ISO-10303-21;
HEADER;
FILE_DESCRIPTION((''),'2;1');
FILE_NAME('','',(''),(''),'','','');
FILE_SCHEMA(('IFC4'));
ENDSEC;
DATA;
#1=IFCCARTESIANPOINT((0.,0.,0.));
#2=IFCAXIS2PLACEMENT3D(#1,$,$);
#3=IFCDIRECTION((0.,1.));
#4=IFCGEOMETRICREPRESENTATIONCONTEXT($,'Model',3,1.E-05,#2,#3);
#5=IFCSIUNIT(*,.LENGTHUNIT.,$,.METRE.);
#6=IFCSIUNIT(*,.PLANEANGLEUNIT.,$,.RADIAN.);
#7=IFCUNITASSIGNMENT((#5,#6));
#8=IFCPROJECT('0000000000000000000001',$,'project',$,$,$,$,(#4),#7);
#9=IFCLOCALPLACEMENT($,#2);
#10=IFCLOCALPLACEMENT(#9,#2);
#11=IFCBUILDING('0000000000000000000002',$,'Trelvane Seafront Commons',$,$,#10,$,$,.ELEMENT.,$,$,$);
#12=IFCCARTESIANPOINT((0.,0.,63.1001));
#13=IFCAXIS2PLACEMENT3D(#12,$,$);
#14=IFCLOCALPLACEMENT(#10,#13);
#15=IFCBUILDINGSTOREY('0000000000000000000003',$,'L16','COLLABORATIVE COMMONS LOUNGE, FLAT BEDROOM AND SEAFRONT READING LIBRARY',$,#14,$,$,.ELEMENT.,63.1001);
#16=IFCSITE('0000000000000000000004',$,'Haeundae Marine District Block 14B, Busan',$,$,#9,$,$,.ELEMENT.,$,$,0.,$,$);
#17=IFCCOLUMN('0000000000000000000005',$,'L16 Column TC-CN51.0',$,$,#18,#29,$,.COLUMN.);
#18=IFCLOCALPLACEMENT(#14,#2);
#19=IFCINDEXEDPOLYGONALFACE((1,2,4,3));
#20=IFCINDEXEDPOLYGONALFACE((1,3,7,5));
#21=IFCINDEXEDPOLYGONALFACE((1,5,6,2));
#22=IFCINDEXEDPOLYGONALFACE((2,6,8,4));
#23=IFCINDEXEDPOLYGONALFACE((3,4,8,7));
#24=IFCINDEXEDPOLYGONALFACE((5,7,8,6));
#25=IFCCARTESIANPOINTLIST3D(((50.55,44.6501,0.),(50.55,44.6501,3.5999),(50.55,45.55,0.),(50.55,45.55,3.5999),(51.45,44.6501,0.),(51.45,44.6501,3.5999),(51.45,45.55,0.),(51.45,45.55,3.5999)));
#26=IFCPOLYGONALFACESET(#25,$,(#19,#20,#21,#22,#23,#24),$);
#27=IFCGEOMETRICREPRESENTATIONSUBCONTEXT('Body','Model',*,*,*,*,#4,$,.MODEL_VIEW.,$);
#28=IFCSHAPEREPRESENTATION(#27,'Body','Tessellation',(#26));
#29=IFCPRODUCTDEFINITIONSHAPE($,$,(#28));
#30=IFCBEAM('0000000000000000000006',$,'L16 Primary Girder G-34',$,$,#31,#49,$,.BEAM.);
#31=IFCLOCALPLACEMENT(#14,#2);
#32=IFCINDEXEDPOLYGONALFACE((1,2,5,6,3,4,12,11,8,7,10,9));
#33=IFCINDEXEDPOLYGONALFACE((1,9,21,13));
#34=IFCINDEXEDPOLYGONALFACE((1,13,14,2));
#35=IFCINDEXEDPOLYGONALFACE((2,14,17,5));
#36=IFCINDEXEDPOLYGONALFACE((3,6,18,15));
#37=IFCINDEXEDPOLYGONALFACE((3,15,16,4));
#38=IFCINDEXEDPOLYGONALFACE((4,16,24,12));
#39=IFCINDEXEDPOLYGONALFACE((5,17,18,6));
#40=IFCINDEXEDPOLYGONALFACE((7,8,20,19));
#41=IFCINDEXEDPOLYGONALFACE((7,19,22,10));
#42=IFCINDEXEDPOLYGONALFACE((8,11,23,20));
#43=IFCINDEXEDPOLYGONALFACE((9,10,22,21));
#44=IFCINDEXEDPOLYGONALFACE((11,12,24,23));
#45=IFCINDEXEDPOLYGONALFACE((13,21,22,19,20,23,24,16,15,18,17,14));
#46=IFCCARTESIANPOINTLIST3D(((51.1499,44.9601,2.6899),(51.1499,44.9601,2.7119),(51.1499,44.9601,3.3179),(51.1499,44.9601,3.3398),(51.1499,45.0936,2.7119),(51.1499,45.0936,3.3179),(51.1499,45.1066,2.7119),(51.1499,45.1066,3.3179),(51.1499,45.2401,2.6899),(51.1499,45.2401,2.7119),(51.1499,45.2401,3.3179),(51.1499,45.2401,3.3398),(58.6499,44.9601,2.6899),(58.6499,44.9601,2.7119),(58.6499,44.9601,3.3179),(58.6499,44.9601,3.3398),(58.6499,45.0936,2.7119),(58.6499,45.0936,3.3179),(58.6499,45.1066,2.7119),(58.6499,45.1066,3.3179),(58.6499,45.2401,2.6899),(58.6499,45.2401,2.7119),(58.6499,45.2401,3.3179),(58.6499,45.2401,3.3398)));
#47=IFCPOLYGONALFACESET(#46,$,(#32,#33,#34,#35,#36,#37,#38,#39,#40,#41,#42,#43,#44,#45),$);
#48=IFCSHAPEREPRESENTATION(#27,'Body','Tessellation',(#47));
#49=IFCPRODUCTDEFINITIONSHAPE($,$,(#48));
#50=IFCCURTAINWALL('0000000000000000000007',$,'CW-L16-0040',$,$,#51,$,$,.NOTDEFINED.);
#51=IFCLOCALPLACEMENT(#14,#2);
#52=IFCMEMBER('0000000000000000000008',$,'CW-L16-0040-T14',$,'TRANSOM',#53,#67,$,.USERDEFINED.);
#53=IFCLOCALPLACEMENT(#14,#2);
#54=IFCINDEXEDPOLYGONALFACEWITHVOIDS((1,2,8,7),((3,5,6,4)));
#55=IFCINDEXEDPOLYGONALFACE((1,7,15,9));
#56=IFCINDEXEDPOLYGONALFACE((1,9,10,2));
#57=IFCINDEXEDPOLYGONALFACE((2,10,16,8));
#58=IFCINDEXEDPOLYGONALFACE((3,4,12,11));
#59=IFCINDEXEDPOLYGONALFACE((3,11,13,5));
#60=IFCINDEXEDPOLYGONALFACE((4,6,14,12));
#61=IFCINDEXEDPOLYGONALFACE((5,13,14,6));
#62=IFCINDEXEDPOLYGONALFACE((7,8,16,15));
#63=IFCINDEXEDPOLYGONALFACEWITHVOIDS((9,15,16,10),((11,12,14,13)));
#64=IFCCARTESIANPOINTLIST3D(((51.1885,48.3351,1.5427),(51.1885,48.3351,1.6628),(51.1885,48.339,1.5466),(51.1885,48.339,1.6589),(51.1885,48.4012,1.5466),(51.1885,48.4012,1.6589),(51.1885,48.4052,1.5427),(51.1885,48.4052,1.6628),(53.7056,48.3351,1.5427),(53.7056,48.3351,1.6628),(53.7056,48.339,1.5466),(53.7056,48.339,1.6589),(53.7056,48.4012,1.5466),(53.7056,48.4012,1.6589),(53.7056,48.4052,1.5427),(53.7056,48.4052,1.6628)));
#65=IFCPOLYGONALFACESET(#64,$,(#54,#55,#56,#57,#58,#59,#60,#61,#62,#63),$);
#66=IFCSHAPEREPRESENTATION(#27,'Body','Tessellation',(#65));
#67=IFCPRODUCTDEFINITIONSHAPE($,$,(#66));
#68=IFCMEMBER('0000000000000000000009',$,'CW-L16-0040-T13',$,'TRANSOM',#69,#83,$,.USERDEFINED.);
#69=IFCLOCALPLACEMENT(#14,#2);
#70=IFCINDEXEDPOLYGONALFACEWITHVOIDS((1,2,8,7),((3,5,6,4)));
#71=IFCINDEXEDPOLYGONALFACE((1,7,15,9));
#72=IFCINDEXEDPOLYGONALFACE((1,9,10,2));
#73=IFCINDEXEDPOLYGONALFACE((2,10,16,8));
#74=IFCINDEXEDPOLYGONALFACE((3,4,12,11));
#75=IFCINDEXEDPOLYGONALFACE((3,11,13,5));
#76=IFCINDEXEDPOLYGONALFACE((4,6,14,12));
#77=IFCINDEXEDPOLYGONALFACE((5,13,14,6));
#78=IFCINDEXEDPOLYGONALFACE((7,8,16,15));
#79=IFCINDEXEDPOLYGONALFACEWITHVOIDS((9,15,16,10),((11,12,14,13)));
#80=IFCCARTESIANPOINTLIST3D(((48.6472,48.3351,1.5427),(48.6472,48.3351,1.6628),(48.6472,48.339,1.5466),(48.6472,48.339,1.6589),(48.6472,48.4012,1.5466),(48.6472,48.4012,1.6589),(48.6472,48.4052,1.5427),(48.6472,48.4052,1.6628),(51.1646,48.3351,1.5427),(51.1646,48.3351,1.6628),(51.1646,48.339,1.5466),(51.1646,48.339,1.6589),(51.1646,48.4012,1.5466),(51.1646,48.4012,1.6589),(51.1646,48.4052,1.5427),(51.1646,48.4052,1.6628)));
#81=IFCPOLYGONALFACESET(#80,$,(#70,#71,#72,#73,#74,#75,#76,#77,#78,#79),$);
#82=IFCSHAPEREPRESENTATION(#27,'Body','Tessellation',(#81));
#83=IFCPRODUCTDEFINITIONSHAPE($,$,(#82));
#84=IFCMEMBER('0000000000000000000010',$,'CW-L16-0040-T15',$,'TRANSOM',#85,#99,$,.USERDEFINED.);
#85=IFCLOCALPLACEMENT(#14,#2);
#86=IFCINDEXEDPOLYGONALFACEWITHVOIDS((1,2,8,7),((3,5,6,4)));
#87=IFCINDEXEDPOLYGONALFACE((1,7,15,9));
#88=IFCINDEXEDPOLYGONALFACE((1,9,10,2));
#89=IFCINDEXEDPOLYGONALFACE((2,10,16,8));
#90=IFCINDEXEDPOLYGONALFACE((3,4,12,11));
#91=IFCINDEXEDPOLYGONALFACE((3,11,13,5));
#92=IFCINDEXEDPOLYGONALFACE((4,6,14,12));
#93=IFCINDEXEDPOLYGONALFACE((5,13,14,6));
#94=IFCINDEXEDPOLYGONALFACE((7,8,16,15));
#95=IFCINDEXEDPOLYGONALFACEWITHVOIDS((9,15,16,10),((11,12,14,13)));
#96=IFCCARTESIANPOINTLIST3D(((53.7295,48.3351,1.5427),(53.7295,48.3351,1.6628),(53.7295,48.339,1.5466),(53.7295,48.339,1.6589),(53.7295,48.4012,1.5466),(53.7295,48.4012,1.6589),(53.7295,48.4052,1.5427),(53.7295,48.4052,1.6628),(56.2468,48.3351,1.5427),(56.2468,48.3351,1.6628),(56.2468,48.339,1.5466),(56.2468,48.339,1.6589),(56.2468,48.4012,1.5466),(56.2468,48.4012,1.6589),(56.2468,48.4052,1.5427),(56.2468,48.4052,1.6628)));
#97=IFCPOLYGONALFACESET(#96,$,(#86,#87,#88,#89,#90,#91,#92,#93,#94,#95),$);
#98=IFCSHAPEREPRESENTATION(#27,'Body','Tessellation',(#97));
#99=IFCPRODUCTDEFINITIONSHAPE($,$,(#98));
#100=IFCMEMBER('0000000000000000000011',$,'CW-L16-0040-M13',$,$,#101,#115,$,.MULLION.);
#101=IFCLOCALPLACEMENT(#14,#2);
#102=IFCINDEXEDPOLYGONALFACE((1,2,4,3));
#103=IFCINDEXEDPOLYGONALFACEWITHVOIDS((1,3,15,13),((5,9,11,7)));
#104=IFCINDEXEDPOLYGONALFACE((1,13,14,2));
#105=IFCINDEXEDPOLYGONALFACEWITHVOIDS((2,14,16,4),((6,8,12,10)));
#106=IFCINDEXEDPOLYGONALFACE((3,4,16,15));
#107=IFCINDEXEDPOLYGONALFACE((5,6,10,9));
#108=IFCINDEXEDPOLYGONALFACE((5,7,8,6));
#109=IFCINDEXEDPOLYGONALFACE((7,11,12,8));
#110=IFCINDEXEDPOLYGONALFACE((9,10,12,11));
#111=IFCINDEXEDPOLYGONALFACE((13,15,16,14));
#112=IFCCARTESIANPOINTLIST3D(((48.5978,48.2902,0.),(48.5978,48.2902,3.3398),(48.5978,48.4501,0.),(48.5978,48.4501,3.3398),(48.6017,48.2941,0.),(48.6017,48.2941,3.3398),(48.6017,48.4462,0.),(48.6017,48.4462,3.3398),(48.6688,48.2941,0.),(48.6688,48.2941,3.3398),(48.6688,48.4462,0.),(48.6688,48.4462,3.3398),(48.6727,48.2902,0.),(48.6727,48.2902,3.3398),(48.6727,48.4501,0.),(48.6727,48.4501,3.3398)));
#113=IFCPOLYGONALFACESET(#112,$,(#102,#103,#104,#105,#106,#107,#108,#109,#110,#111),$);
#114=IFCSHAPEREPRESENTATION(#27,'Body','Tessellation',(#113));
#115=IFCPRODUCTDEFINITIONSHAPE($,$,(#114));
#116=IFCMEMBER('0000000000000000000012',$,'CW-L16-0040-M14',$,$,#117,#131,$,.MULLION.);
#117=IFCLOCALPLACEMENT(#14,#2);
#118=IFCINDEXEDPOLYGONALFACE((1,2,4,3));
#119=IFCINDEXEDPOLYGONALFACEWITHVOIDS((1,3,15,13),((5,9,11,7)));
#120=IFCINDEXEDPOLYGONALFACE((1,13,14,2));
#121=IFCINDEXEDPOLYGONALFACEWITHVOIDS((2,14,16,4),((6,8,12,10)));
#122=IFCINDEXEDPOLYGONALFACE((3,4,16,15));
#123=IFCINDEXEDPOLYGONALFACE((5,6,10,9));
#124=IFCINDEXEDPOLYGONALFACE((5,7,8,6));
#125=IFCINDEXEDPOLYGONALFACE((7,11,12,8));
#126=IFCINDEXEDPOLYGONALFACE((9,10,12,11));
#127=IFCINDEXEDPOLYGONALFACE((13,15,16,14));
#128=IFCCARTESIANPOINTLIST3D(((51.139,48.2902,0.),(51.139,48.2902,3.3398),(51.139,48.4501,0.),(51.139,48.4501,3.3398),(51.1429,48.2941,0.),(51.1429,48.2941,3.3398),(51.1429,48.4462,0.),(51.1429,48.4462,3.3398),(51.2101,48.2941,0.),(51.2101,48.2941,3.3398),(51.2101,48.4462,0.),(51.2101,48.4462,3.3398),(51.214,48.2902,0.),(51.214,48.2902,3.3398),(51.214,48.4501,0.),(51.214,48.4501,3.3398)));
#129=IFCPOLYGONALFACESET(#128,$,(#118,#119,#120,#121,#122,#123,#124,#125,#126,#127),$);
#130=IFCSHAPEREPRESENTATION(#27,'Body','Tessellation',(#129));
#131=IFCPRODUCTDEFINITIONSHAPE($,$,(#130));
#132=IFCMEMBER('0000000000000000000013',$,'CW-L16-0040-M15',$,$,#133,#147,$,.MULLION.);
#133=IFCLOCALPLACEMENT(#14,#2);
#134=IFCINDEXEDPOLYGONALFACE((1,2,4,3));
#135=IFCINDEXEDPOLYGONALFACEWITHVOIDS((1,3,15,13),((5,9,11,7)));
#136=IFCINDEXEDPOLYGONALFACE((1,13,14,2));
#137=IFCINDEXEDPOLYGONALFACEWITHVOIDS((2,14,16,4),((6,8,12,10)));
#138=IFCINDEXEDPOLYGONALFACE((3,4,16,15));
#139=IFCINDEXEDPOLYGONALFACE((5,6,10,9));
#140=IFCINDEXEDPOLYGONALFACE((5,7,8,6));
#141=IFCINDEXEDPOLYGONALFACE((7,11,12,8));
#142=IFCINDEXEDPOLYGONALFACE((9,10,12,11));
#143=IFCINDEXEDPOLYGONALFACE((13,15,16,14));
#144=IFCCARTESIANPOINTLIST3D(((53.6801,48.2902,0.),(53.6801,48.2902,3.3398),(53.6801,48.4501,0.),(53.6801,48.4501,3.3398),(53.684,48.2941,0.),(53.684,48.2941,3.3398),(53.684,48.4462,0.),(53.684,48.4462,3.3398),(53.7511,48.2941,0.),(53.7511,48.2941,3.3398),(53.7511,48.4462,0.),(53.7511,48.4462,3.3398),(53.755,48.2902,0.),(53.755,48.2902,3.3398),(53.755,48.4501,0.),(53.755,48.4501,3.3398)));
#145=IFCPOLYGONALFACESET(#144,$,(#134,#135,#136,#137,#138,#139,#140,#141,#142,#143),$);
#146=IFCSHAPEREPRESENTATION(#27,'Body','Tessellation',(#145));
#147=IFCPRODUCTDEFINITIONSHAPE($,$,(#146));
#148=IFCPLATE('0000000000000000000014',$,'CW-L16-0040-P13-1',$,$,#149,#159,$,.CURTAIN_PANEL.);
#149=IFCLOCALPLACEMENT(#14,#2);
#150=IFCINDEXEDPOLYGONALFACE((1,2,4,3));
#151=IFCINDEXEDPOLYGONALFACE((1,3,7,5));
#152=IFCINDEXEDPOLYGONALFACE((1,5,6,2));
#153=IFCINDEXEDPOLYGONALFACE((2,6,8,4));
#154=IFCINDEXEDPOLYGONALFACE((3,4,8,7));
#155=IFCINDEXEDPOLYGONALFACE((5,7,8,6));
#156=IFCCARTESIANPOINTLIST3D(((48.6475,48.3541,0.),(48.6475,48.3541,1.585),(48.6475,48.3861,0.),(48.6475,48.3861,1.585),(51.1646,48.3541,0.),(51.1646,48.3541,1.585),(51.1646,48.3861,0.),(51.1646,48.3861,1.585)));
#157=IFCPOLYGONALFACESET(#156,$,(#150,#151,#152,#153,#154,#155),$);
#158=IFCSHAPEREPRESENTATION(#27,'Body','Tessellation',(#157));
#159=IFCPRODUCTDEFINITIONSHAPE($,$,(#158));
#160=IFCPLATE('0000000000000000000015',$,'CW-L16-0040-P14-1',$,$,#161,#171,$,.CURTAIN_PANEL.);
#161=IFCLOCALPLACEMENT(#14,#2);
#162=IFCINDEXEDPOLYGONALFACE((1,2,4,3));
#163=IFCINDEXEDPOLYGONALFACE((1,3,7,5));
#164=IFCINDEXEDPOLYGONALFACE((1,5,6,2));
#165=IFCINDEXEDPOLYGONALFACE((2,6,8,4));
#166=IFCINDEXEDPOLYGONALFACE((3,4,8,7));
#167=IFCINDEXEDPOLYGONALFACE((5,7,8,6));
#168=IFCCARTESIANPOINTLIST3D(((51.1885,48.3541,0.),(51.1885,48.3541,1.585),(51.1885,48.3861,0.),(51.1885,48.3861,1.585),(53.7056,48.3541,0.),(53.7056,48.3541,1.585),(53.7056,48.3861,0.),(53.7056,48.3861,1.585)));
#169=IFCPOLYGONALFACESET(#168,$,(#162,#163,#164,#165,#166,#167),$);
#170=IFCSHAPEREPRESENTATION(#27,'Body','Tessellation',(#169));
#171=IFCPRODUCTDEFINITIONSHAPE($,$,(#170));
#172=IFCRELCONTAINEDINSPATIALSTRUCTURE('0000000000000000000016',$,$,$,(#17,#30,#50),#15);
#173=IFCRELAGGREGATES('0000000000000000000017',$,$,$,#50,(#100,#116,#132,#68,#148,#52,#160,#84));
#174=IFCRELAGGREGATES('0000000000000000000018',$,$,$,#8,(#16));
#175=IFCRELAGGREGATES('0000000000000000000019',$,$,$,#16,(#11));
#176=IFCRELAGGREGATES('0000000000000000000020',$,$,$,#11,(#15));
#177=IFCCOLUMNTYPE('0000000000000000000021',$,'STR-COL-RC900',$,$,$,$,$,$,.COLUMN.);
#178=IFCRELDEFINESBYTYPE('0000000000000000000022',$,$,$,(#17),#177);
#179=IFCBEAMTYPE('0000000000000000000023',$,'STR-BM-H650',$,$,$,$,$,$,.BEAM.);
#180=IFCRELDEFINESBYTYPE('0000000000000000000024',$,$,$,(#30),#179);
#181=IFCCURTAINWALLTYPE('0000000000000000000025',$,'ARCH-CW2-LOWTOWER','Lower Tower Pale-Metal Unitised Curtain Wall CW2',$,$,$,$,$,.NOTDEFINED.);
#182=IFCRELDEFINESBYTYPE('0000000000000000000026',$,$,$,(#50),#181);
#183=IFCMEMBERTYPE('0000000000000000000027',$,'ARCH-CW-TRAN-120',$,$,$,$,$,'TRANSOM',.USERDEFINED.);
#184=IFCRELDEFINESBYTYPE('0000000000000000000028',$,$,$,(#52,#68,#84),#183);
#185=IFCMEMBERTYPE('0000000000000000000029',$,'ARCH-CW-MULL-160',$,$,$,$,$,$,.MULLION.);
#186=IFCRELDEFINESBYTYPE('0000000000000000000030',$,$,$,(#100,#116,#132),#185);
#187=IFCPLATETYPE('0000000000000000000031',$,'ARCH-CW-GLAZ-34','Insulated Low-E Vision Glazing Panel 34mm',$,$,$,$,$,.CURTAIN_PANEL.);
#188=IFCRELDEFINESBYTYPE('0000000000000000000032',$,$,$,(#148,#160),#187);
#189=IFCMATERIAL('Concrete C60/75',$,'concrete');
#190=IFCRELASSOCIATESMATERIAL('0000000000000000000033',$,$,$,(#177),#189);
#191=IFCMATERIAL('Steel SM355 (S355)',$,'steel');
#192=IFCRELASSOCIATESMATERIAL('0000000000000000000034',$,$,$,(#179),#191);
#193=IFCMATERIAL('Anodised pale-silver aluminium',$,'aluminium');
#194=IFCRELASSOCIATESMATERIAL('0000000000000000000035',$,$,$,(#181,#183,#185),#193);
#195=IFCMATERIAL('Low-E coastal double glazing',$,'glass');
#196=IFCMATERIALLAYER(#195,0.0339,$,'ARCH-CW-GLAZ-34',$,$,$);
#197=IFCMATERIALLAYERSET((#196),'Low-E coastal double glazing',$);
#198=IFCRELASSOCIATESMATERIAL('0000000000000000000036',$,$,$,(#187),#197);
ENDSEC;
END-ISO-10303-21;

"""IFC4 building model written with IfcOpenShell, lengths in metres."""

from ifc_helpers import new_model, si_unit, direction, frame, origin, origin_2d, place, context, subcontext, project, spatial, rectangle, hollow_rectangle, i_section, extrude, source, transform, mapped, material, layer, layer_set, material_profile, profile_set, type_object, element, aggregate, save


model = new_model("IFC4")

# Units and contexts
model_context = context("Model", 3, precision=1e-05, world=origin(), true_north=direction((0.0, 1.0)))
body_context = subcontext(model_context, "Body", "Model", "MODEL_VIEW")
ifc_project = project(units=[si_unit("LENGTHUNIT", "METRE"), si_unit("PLANEANGLEUNIT", "RADIAN")], contexts=[model_context])

# Site, building, storey
site_placement = place(None, origin())
site = spatial("IfcSite", under=ifc_project, at=site_placement, Name="Haeundae Marine District Block 14B, Busan", CompositionType="ELEMENT", RefElevation=0.0)
building_placement = place(site_placement, origin())
building = spatial("IfcBuilding", under=site, at=building_placement, Name="Trelvane Seafront Commons", CompositionType="ELEMENT")
storey_placement = place(building_placement, frame((0.0, 0.0, 63.1001)))
storey = spatial("IfcBuildingStorey", under=building, at=storey_placement, Name="L16", Description="COLLABORATIVE COMMONS LOUNGE, FLAT BEDROOM AND SEAFRONT READING LIBRARY", CompositionType="ELEMENT", Elevation=63.1001)

# Column
ifc_material_1 = material(Name="Concrete C60/75", Category="concrete")
ifc_material_profile_1 = material_profile(ifc_material_1, rectangle(XDim=0.8999, YDim=0.8999, at=origin_2d()), Name="RC-900x900")
ifc_profile_set_1 = profile_set([ifc_material_profile_1], Name="Concrete C60/75")
column_type = type_object("IfcColumnType", Name="STR-COL-RC900", PredefinedType="COLUMN", material=ifc_profile_set_1)
shared_shape_1 = source(origin(), body_context, "Body", "SweptSolid", [
    extrude(rectangle(XDim=0.8999, YDim=0.8999, at=origin_2d()), origin(), (0.0, 0.0, 1.0), 3.5999),
])
column_placement = place(storey_placement, frame((51.0, 45.1001, 0.0), z_axis=(0.0, 0.0, 1.0), x_axis=(1.0, 0.0, 0.0)))
element("IfcColumn", 1, at=column_placement, inside=storey, type_object=column_type, Name="L16 Column TC-CN51.0", PredefinedType="COLUMN", context=body_context, shape_type="MappedRepresentation", body=[
    mapped(shared_shape_1, transform((0.0, 0.0, 0.0), x_axis=(1.0, 0.0, 0.0), y_axis=(0.0, 1.0, 0.0), z_axis=(0.0, 0.0, 1.0), scale=1.0)),
])

# Beam
ifc_material_2 = material(Name="Steel SM355 (S355)", Category="steel")
ifc_material_profile_2 = material_profile(ifc_material_2, i_section(OverallWidth=0.28, OverallDepth=0.6499, WebThickness=0.0129, FlangeThickness=0.022, at=origin_2d()), Name="H-650x280x13x22")
ifc_profile_set_2 = profile_set([ifc_material_profile_2], Name="Steel SM355 (S355)")
beam_type = type_object("IfcBeamType", Name="STR-BM-H650", PredefinedType="BEAM", material=ifc_profile_set_2)
shared_shape_2 = source(origin(), body_context, "Body", "SweptSolid", [
    extrude(i_section(OverallWidth=0.28, OverallDepth=0.6499, WebThickness=0.0129, FlangeThickness=0.022, at=origin_2d()), origin(), (0.0, 0.0, 1.0), 7.5),
])
beam_placement = place(storey_placement, frame((51.1499, 45.1001, 3.0149), z_axis=(1.0, 0.0, 0.0), x_axis=(0.0, 1.0, 0.0)))
element("IfcBeam", 2, at=beam_placement, inside=storey, type_object=beam_type, Name="L16 Primary Girder G-34", PredefinedType="BEAM", context=body_context, shape_type="MappedRepresentation", body=[
    mapped(shared_shape_2, transform((0.0, 0.0, 0.0), x_axis=(1.0, 0.0, 0.0), y_axis=(0.0, 1.0, 0.0), z_axis=(0.0, 0.0, 1.0), scale=1.0)),
])

# Curtain wall, members, plates
ifc_material_3 = material(Name="Anodised pale-silver aluminium", Category="aluminium")
curtain_wall_type = type_object("IfcCurtainWallType", Name="ARCH-CW2-LOWTOWER", Description="Lower Tower Pale-Metal Unitised Curtain Wall CW2", PredefinedType="NOTDEFINED", material=ifc_material_3)
curtain_wall_placement = place(storey_placement, origin())
curtain_wall = element("IfcCurtainWall", 3, at=curtain_wall_placement, inside=storey, type_object=curtain_wall_type, Name="CW-L16-0040", PredefinedType="NOTDEFINED")
ifc_material_profile_3 = material_profile(ifc_material_3, hollow_rectangle(XDim=0.0701, YDim=0.1201, WallThickness=0.0039, at=origin_2d()), Name="TRAN-70x120x4")
ifc_profile_set_3 = profile_set([ifc_material_profile_3], Name="Anodised pale-silver aluminium")
member_type_1 = type_object("IfcMemberType", Name="ARCH-CW-TRAN-120", ElementType="TRANSOM", PredefinedType="USERDEFINED", material=ifc_profile_set_3)
shared_shape_3 = source(origin(), body_context, "Body", "SweptSolid", [
    extrude(hollow_rectangle(XDim=0.0701, YDim=0.1201, WallThickness=0.0039, at=origin_2d()), origin(), (0.0, 0.0, 1.0), 2.5171),
])
member_1_placement = place(storey_placement, frame((51.1885, 48.3701, 1.6028), z_axis=(1.0, 0.0, 0.0), x_axis=(0.0, 1.0, 0.0)))
member_1 = element("IfcMember", 4, at=member_1_placement, type_object=member_type_1, Name="CW-L16-0040-T14", ObjectType="TRANSOM", PredefinedType="USERDEFINED", context=body_context, shape_type="MappedRepresentation", body=[
    mapped(shared_shape_3, transform((0.0, 0.0, 0.0), x_axis=(1.0, 0.0, 0.0), y_axis=(0.0, 1.0, 0.0), z_axis=(0.0, 0.0, 1.0), scale=1.0)),
])
shared_shape_4 = source(origin(), body_context, "Body", "SweptSolid", [
    extrude(hollow_rectangle(XDim=0.0701, YDim=0.1201, WallThickness=0.0039, at=origin_2d()), origin(), (0.0, 0.0, 1.0), 2.5173),
])
member_2_placement = place(storey_placement, frame((48.6472, 48.3701, 1.6028), z_axis=(1.0, 0.0, 0.0), x_axis=(0.0, 1.0, 0.0)))
member_2 = element("IfcMember", 5, at=member_2_placement, type_object=member_type_1, Name="CW-L16-0040-T13", ObjectType="TRANSOM", PredefinedType="USERDEFINED", context=body_context, shape_type="MappedRepresentation", body=[
    mapped(shared_shape_4, transform((0.0, 0.0, 0.0), x_axis=(1.0, 0.0, 0.0), y_axis=(0.0, 1.0, 0.0), z_axis=(0.0, 0.0, 1.0), scale=1.0)),
])
member_3_placement = place(storey_placement, frame((53.7295, 48.3701, 1.6028), z_axis=(1.0, 0.0, 0.0), x_axis=(0.0, 1.0, 0.0)))
member_3 = element("IfcMember", 6, at=member_3_placement, type_object=member_type_1, Name="CW-L16-0040-T15", ObjectType="TRANSOM", PredefinedType="USERDEFINED", context=body_context, shape_type="MappedRepresentation", body=[
    mapped(shared_shape_4, transform((0.0, 0.0, 0.0), x_axis=(1.0, 0.0, 0.0), y_axis=(0.0, 1.0, 0.0), z_axis=(0.0, 0.0, 1.0), scale=1.0)),
])
ifc_material_profile_4 = material_profile(ifc_material_3, hollow_rectangle(XDim=0.075, YDim=0.1599, WallThickness=0.0039, at=origin_2d()), Name="MULL-75x160x4")
ifc_profile_set_4 = profile_set([ifc_material_profile_4], Name="Anodised pale-silver aluminium")
member_type_2 = type_object("IfcMemberType", Name="ARCH-CW-MULL-160", PredefinedType="MULLION", material=ifc_profile_set_4)
shared_shape_5 = source(origin(), body_context, "Body", "SweptSolid", [
    extrude(hollow_rectangle(XDim=0.075, YDim=0.1599, WallThickness=0.0039, at=origin_2d()), origin(), (0.0, 0.0, 1.0), 3.3398),
])
member_4_placement = place(storey_placement, frame((48.6353, 48.3701, 0.0), z_axis=(0.0, 0.0, 1.0), x_axis=(1.0, 0.0, 0.0)))
member_4 = element("IfcMember", 7, at=member_4_placement, type_object=member_type_2, Name="CW-L16-0040-M13", PredefinedType="MULLION", context=body_context, shape_type="MappedRepresentation", body=[
    mapped(shared_shape_5, transform((0.0, 0.0, 0.0), x_axis=(1.0, 0.0, 0.0), y_axis=(0.0, 1.0, 0.0), z_axis=(0.0, 0.0, 1.0), scale=1.0)),
])
member_5_placement = place(storey_placement, frame((51.1765, 48.3701, 0.0), z_axis=(0.0, 0.0, 1.0), x_axis=(1.0, 0.0, 0.0)))
member_5 = element("IfcMember", 8, at=member_5_placement, type_object=member_type_2, Name="CW-L16-0040-M14", PredefinedType="MULLION", context=body_context, shape_type="MappedRepresentation", body=[
    mapped(shared_shape_5, transform((0.0, 0.0, 0.0), x_axis=(1.0, 0.0, 0.0), y_axis=(0.0, 1.0, 0.0), z_axis=(0.0, 0.0, 1.0), scale=1.0)),
])
member_6_placement = place(storey_placement, frame((53.7175, 48.3701, 0.0), z_axis=(0.0, 0.0, 1.0), x_axis=(1.0, 0.0, 0.0)))
member_6 = element("IfcMember", 9, at=member_6_placement, type_object=member_type_2, Name="CW-L16-0040-M15", PredefinedType="MULLION", context=body_context, shape_type="MappedRepresentation", body=[
    mapped(shared_shape_5, transform((0.0, 0.0, 0.0), x_axis=(1.0, 0.0, 0.0), y_axis=(0.0, 1.0, 0.0), z_axis=(0.0, 0.0, 1.0), scale=1.0)),
])
ifc_material_4 = material(Name="Low-E coastal double glazing", Category="glass")
ifc_layer_1 = layer(ifc_material_4, 0.0339, Name="ARCH-CW-GLAZ-34")
ifc_layer_set_1 = layer_set([ifc_layer_1], Name="Low-E coastal double glazing")
plate_type_1 = type_object("IfcPlateType", Name="ARCH-CW-GLAZ-34", Description="Insulated Low-E Vision Glazing Panel 34mm", PredefinedType="CURTAIN_PANEL", material=ifc_layer_set_1)
shared_shape_6 = source(origin(), body_context, "Body", "SweptSolid", [
    extrude(rectangle(XDim=2.5171, YDim=0.032, at=origin_2d()), origin(), (0.0, 0.0, 1.0), 1.585),
])
plate_1_placement = place(storey_placement, frame((49.906, 48.3701, 0.0), z_axis=(0.0, 0.0, 1.0), x_axis=(1.0, 0.0, 0.0)))
plate_1 = element("IfcPlate", 10, at=plate_1_placement, type_object=plate_type_1, Name="CW-L16-0040-P13-1", PredefinedType="CURTAIN_PANEL", context=body_context, shape_type="MappedRepresentation", body=[
    mapped(shared_shape_6, transform((0.0, 0.0, 0.0), x_axis=(1.0, 0.0, 0.0), y_axis=(0.0, 1.0, 0.0), z_axis=(0.0, 0.0, 1.0), scale=1.0)),
])
plate_2_placement = place(storey_placement, frame((52.447, 48.3701, 0.0), z_axis=(0.0, 0.0, 1.0), x_axis=(1.0, 0.0, 0.0)))
plate_2 = element("IfcPlate", 11, at=plate_2_placement, type_object=plate_type_1, Name="CW-L16-0040-P14-1", PredefinedType="CURTAIN_PANEL", context=body_context, shape_type="MappedRepresentation", body=[
    mapped(shared_shape_6, transform((0.0, 0.0, 0.0), x_axis=(1.0, 0.0, 0.0), y_axis=(0.0, 1.0, 0.0), z_axis=(0.0, 0.0, 1.0), scale=1.0)),
])
aggregate(curtain_wall, [member_4, member_5, member_6, member_2, plate_1, member_1, plate_2, member_3])

save(model, "model.ifc")
